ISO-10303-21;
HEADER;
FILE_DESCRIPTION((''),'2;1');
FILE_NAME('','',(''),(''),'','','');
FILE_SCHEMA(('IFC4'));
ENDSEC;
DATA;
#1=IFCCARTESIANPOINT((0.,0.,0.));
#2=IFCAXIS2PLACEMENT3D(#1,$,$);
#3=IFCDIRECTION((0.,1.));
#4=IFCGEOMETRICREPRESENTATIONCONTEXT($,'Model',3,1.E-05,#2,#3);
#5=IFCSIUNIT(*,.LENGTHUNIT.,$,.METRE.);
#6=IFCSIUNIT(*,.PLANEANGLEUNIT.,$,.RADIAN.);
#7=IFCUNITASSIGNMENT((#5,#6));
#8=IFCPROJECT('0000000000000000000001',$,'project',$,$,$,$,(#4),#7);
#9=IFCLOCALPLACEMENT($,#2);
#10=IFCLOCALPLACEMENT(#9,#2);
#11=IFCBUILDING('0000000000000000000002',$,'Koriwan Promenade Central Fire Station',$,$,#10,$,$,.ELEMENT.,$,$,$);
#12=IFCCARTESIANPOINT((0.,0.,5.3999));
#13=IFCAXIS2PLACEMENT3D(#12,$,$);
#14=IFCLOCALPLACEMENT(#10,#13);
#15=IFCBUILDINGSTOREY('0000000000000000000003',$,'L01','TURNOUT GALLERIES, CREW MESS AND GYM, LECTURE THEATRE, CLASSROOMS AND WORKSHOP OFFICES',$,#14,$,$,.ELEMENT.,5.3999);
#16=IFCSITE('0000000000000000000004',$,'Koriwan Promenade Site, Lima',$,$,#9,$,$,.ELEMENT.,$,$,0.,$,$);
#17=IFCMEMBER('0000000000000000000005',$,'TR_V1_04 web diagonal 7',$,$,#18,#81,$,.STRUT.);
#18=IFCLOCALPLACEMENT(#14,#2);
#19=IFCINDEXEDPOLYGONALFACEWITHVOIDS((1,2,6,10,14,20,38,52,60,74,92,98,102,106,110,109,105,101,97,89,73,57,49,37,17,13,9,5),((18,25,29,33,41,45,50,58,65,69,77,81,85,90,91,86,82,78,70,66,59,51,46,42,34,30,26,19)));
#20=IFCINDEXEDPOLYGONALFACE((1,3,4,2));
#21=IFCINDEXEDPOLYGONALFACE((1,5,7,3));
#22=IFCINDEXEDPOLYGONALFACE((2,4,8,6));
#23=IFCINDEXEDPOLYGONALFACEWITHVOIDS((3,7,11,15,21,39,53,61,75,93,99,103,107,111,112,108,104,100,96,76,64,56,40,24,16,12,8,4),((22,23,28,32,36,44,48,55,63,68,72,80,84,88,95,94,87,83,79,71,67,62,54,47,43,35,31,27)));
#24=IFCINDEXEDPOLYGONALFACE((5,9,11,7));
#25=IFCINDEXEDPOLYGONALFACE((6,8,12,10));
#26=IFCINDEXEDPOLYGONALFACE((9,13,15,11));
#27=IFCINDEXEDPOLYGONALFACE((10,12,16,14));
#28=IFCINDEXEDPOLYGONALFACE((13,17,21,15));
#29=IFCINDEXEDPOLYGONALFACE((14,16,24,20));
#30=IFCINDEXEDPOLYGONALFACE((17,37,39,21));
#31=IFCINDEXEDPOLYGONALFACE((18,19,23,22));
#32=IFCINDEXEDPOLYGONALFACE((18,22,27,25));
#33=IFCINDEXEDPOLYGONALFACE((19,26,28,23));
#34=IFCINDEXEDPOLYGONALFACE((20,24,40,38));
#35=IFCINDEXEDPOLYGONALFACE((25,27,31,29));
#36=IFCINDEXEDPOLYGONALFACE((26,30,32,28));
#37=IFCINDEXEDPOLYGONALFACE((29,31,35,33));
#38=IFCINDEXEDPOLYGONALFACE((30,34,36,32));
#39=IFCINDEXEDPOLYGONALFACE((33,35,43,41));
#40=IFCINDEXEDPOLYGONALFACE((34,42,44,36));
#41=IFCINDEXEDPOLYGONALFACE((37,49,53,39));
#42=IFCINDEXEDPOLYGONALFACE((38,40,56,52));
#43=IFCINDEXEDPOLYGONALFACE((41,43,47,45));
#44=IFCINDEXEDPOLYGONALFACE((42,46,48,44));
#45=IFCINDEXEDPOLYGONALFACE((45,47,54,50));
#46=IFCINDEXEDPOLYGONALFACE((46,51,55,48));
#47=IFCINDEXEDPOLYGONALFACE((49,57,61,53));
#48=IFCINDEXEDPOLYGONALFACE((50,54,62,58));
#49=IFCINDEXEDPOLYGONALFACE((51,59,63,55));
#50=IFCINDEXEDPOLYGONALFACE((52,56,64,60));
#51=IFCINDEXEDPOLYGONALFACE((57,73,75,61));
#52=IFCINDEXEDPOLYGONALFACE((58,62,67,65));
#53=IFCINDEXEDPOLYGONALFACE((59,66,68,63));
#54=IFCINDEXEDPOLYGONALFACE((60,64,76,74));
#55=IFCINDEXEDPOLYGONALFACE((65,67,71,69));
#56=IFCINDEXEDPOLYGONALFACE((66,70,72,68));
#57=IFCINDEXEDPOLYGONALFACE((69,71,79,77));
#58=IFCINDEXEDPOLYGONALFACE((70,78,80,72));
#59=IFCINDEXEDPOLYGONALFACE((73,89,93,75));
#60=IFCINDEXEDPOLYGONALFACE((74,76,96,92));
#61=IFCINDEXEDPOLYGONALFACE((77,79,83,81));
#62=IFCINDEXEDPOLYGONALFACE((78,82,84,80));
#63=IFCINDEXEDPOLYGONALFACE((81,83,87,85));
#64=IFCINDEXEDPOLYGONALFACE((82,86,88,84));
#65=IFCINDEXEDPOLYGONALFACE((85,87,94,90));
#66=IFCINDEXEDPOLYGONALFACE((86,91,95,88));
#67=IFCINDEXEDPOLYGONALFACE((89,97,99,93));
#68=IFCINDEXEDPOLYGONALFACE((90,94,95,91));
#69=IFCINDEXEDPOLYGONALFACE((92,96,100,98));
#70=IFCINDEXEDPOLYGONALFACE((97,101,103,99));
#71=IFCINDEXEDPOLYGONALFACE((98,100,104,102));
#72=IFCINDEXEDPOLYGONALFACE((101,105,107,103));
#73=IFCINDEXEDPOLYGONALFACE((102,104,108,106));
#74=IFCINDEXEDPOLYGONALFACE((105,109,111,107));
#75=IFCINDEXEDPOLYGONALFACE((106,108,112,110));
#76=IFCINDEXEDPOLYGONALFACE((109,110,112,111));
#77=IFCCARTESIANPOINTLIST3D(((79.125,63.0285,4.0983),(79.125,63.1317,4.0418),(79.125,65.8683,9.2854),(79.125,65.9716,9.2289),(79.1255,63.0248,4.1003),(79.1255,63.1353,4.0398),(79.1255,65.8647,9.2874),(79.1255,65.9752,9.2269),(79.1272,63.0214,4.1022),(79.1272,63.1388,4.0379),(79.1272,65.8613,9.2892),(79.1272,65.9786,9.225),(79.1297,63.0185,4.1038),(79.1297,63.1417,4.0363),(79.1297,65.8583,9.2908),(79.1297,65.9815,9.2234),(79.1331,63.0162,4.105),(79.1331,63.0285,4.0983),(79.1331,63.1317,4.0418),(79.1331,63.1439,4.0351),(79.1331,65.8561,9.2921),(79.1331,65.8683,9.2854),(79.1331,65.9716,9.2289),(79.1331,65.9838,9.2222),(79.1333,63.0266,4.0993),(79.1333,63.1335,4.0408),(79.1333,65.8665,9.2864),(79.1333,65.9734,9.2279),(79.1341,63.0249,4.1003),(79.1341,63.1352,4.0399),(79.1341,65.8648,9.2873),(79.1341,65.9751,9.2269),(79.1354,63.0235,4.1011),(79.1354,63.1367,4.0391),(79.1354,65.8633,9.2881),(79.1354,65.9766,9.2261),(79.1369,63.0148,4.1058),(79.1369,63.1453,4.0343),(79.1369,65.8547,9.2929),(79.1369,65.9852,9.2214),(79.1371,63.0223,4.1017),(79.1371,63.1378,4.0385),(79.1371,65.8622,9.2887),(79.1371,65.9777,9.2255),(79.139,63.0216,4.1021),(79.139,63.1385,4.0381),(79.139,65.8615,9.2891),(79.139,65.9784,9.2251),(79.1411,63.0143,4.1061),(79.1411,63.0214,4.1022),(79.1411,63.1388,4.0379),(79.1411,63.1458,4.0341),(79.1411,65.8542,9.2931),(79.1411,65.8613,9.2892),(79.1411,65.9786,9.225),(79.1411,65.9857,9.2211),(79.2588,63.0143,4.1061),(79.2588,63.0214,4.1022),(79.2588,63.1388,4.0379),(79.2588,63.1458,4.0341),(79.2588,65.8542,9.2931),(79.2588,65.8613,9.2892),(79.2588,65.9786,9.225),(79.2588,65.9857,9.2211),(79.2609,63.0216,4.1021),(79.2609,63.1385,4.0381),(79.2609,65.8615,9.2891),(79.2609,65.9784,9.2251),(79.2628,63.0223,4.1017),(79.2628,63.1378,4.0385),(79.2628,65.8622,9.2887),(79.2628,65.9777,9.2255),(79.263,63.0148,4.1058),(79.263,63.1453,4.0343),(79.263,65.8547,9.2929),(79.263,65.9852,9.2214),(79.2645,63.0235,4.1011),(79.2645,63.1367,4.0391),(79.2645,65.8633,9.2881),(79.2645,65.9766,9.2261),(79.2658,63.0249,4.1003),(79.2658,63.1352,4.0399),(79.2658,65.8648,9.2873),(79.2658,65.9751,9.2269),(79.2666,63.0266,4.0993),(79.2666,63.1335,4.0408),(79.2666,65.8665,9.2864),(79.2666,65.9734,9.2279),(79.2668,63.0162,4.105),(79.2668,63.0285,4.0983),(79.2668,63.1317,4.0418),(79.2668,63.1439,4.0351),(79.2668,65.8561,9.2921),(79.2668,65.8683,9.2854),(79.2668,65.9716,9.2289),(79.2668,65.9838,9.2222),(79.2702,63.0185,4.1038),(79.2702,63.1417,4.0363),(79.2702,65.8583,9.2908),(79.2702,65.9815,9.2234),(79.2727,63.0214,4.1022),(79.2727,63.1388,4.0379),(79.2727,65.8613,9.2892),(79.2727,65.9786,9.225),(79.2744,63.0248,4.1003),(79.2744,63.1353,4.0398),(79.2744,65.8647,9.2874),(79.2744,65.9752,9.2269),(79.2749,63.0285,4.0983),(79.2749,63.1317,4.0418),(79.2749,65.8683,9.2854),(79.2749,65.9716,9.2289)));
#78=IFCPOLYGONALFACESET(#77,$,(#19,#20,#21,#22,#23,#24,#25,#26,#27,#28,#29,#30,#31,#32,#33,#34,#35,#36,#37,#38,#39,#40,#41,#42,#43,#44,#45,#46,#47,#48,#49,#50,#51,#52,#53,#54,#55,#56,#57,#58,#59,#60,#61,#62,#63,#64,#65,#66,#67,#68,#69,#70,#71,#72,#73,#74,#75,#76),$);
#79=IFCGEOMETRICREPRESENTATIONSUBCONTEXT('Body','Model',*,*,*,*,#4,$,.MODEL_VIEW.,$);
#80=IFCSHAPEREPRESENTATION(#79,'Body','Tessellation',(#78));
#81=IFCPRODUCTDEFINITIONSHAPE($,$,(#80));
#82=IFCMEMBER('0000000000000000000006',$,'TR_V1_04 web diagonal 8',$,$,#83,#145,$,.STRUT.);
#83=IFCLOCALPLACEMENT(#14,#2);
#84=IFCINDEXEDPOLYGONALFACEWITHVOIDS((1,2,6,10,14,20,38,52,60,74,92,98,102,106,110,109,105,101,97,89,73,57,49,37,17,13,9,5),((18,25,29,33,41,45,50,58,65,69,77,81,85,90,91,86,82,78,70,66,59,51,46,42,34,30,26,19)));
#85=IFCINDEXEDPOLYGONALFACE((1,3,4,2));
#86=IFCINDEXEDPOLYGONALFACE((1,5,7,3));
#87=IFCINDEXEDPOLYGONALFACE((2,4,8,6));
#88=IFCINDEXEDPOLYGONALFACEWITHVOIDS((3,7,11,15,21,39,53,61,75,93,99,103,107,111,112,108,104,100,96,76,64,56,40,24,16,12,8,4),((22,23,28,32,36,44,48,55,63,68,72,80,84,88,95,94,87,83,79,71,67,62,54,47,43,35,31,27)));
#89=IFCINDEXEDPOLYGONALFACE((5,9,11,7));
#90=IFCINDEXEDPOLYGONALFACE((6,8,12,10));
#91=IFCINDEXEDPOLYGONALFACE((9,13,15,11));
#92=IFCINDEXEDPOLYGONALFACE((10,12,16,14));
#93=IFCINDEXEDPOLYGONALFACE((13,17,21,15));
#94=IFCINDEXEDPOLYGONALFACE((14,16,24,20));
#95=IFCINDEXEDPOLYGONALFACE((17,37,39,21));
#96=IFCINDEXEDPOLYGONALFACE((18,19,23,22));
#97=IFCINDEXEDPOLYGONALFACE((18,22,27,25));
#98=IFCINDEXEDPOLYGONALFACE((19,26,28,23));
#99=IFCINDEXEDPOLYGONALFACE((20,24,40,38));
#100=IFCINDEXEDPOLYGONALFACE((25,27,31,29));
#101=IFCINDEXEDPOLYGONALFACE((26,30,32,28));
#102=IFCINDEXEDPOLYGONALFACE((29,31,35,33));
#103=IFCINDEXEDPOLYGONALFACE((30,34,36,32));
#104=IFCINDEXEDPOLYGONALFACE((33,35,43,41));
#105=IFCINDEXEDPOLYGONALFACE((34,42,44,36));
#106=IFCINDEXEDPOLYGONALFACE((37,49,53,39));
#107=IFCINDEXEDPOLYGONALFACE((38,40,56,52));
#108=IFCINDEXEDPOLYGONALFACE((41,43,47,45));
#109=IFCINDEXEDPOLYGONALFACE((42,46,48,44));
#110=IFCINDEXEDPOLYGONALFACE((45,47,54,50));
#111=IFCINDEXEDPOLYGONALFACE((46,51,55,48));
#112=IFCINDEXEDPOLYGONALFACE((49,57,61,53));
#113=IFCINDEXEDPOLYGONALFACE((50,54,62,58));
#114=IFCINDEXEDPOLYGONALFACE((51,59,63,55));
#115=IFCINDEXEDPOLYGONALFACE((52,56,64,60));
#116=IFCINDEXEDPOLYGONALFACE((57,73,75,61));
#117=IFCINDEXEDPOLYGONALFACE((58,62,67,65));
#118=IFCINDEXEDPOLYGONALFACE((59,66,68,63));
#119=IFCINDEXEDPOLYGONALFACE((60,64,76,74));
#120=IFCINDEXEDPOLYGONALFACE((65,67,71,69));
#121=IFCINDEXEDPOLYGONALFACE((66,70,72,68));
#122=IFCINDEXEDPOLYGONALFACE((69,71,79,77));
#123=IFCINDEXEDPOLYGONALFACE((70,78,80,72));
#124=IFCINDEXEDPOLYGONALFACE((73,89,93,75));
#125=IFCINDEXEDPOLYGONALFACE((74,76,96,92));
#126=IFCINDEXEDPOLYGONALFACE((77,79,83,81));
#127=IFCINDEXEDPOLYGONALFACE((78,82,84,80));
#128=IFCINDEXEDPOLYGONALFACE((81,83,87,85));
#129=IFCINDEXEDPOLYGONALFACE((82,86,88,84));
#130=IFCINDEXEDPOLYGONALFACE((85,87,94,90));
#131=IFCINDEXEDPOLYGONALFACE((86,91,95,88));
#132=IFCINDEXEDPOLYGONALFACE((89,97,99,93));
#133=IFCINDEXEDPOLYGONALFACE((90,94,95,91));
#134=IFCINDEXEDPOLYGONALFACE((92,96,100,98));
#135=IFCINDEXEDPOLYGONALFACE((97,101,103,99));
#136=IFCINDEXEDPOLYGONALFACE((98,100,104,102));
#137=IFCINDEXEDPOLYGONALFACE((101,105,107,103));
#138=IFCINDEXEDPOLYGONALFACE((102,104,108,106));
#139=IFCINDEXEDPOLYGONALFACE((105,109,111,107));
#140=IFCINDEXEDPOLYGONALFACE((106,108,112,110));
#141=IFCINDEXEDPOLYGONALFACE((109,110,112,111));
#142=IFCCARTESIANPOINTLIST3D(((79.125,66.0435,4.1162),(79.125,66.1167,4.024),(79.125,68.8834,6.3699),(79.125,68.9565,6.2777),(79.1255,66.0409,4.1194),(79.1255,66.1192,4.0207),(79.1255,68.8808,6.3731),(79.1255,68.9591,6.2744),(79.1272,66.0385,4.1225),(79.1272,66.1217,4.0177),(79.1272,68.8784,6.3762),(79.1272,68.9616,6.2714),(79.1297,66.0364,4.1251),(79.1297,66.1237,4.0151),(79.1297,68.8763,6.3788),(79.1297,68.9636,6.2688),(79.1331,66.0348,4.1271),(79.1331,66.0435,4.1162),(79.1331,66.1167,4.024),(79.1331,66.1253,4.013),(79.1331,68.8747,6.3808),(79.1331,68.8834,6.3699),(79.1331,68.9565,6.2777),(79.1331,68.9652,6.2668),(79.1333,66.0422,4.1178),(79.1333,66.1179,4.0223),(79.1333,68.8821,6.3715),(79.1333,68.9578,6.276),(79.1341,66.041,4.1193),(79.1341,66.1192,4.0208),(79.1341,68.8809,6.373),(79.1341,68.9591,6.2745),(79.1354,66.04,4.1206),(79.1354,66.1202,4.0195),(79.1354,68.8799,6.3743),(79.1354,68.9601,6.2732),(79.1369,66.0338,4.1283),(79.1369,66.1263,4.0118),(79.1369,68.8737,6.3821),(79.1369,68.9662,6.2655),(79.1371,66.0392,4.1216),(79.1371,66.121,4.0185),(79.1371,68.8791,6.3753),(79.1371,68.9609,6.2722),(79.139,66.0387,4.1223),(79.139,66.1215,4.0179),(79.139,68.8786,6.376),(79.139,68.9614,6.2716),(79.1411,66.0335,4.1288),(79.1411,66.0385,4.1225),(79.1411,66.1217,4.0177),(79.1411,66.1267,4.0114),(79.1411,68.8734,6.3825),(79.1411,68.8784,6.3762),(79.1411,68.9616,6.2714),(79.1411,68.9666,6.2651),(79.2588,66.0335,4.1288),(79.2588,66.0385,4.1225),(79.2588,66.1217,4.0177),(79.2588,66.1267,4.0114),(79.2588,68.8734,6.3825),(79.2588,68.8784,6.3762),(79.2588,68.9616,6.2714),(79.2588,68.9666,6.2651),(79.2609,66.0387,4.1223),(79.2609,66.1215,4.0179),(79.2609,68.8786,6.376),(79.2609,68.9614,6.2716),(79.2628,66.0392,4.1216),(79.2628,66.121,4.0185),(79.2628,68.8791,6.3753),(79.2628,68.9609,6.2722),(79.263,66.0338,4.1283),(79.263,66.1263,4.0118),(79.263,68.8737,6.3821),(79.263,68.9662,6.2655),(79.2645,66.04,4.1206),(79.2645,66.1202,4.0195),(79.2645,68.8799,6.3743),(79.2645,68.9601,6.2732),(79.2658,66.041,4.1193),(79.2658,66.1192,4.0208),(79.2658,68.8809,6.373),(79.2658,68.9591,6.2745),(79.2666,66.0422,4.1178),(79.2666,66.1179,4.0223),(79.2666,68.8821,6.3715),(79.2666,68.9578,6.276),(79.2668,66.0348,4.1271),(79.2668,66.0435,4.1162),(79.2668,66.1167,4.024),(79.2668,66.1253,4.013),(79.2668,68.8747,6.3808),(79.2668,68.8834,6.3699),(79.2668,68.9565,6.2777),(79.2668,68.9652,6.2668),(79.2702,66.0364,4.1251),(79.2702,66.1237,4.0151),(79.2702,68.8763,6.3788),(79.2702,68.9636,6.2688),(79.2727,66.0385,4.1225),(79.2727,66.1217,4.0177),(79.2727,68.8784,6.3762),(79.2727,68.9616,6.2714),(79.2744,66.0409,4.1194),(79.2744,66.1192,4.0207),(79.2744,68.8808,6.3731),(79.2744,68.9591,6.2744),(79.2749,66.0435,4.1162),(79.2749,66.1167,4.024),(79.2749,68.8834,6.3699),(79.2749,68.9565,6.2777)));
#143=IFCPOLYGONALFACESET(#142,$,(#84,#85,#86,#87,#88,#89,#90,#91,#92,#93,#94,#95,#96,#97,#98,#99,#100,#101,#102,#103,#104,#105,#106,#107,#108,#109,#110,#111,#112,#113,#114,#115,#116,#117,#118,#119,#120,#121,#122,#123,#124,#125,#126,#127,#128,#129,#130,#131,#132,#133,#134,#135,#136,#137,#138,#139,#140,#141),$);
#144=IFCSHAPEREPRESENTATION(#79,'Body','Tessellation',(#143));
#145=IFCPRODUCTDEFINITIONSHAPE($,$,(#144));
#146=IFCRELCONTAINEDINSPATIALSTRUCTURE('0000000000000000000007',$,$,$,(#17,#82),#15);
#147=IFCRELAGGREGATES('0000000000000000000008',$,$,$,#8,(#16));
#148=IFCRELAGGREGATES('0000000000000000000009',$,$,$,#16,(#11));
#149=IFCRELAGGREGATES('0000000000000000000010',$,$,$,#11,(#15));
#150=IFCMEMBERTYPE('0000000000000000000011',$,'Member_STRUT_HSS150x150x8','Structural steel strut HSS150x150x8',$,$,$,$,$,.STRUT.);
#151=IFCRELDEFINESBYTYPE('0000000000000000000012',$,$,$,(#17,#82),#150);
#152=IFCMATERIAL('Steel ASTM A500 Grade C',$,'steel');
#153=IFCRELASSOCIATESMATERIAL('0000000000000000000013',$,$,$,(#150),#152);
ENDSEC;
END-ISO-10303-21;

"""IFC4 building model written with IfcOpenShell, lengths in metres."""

from ifc_helpers import new_model, si_unit, direction, frame, origin, origin_2d, place, context, subcontext, project, spatial, hollow_rectangle, extrude, material, material_profile, profile_set, type_object, element, save


model = new_model("IFC4")

# Units and contexts
model_context = context("Model", 3, precision=1e-05, world=origin(), true_north=direction((0.0, 1.0)))
body_context = subcontext(model_context, "Body", "Model", "MODEL_VIEW")
ifc_project = project(units=[si_unit("LENGTHUNIT", "METRE"), si_unit("PLANEANGLEUNIT", "RADIAN")], contexts=[model_context])

# Site, building, storey
site_placement = place(None, origin())
site = spatial("IfcSite", under=ifc_project, at=site_placement, Name="Koriwan Promenade Site, Lima", CompositionType="ELEMENT", RefElevation=0.0)
building_placement = place(site_placement, origin())
building = spatial("IfcBuilding", under=site, at=building_placement, Name="Koriwan Promenade Central Fire Station", CompositionType="ELEMENT")
storey_placement = place(building_placement, frame((0.0, 0.0, 5.3999)))
storey = spatial("IfcBuildingStorey", under=building, at=storey_placement, Name="L01", Description="TURNOUT GALLERIES, CREW MESS AND GYM, LECTURE THEATRE, CLASSROOMS AND WORKSHOP OFFICES", CompositionType="ELEMENT", Elevation=5.3999)

# Members
ifc_material_1 = material(Name="Steel ASTM A500 Grade C", Category="steel")
ifc_material_profile_1 = material_profile(ifc_material_1, hollow_rectangle(XDim=0.1499, YDim=0.1499, WallThickness=0.0081, InnerFilletRadius=0.0081, OuterFilletRadius=0.0161, at=origin_2d()), Name="HSS150x150x8")
ifc_profile_set_1 = profile_set([ifc_material_profile_1], Name="Steel ASTM A500 Grade C")
member_type_1 = type_object("IfcMemberType", Name="Member_STRUT_HSS150x150x8", Description="Structural steel strut HSS150x150x8", PredefinedType="STRUT", material=ifc_profile_set_1)
member_1_placement = place(storey_placement, frame((79.2, 63.0801, 4.0701), z_axis=(0.0, 0.480228, 0.877143), x_axis=(-1.0, 0.0, 0.0)))
element("IfcMember", 1, at=member_1_placement, inside=storey, type_object=member_type_1, Name="TR_V1_04 web diagonal 7", PredefinedType="STRUT", context=body_context, shape_type="SweptSolid", body=[
    extrude(hollow_rectangle(XDim=0.1499, YDim=0.1499, WallThickness=0.0081, InnerFilletRadius=0.0081, OuterFilletRadius=0.0161, at=origin_2d()), origin(), (0.0, 0.0, 1.0), 5.9136),
])
member_2_placement = place(storey_placement, frame((79.2, 66.0801, 4.0701), z_axis=(0.0, 0.783313, 0.621627), x_axis=(-1.0, 0.0, 0.0)))
element("IfcMember", 2, at=member_2_placement, inside=storey, type_object=member_type_1, Name="TR_V1_04 web diagonal 8", PredefinedType="STRUT", context=body_context, shape_type="SweptSolid", body=[
    extrude(hollow_rectangle(XDim=0.1499, YDim=0.1499, WallThickness=0.0081, InnerFilletRadius=0.0081, OuterFilletRadius=0.0161, at=origin_2d()), origin(), (0.0, 0.0, 1.0), 3.6255),
])

save(model, "model.ifc")
